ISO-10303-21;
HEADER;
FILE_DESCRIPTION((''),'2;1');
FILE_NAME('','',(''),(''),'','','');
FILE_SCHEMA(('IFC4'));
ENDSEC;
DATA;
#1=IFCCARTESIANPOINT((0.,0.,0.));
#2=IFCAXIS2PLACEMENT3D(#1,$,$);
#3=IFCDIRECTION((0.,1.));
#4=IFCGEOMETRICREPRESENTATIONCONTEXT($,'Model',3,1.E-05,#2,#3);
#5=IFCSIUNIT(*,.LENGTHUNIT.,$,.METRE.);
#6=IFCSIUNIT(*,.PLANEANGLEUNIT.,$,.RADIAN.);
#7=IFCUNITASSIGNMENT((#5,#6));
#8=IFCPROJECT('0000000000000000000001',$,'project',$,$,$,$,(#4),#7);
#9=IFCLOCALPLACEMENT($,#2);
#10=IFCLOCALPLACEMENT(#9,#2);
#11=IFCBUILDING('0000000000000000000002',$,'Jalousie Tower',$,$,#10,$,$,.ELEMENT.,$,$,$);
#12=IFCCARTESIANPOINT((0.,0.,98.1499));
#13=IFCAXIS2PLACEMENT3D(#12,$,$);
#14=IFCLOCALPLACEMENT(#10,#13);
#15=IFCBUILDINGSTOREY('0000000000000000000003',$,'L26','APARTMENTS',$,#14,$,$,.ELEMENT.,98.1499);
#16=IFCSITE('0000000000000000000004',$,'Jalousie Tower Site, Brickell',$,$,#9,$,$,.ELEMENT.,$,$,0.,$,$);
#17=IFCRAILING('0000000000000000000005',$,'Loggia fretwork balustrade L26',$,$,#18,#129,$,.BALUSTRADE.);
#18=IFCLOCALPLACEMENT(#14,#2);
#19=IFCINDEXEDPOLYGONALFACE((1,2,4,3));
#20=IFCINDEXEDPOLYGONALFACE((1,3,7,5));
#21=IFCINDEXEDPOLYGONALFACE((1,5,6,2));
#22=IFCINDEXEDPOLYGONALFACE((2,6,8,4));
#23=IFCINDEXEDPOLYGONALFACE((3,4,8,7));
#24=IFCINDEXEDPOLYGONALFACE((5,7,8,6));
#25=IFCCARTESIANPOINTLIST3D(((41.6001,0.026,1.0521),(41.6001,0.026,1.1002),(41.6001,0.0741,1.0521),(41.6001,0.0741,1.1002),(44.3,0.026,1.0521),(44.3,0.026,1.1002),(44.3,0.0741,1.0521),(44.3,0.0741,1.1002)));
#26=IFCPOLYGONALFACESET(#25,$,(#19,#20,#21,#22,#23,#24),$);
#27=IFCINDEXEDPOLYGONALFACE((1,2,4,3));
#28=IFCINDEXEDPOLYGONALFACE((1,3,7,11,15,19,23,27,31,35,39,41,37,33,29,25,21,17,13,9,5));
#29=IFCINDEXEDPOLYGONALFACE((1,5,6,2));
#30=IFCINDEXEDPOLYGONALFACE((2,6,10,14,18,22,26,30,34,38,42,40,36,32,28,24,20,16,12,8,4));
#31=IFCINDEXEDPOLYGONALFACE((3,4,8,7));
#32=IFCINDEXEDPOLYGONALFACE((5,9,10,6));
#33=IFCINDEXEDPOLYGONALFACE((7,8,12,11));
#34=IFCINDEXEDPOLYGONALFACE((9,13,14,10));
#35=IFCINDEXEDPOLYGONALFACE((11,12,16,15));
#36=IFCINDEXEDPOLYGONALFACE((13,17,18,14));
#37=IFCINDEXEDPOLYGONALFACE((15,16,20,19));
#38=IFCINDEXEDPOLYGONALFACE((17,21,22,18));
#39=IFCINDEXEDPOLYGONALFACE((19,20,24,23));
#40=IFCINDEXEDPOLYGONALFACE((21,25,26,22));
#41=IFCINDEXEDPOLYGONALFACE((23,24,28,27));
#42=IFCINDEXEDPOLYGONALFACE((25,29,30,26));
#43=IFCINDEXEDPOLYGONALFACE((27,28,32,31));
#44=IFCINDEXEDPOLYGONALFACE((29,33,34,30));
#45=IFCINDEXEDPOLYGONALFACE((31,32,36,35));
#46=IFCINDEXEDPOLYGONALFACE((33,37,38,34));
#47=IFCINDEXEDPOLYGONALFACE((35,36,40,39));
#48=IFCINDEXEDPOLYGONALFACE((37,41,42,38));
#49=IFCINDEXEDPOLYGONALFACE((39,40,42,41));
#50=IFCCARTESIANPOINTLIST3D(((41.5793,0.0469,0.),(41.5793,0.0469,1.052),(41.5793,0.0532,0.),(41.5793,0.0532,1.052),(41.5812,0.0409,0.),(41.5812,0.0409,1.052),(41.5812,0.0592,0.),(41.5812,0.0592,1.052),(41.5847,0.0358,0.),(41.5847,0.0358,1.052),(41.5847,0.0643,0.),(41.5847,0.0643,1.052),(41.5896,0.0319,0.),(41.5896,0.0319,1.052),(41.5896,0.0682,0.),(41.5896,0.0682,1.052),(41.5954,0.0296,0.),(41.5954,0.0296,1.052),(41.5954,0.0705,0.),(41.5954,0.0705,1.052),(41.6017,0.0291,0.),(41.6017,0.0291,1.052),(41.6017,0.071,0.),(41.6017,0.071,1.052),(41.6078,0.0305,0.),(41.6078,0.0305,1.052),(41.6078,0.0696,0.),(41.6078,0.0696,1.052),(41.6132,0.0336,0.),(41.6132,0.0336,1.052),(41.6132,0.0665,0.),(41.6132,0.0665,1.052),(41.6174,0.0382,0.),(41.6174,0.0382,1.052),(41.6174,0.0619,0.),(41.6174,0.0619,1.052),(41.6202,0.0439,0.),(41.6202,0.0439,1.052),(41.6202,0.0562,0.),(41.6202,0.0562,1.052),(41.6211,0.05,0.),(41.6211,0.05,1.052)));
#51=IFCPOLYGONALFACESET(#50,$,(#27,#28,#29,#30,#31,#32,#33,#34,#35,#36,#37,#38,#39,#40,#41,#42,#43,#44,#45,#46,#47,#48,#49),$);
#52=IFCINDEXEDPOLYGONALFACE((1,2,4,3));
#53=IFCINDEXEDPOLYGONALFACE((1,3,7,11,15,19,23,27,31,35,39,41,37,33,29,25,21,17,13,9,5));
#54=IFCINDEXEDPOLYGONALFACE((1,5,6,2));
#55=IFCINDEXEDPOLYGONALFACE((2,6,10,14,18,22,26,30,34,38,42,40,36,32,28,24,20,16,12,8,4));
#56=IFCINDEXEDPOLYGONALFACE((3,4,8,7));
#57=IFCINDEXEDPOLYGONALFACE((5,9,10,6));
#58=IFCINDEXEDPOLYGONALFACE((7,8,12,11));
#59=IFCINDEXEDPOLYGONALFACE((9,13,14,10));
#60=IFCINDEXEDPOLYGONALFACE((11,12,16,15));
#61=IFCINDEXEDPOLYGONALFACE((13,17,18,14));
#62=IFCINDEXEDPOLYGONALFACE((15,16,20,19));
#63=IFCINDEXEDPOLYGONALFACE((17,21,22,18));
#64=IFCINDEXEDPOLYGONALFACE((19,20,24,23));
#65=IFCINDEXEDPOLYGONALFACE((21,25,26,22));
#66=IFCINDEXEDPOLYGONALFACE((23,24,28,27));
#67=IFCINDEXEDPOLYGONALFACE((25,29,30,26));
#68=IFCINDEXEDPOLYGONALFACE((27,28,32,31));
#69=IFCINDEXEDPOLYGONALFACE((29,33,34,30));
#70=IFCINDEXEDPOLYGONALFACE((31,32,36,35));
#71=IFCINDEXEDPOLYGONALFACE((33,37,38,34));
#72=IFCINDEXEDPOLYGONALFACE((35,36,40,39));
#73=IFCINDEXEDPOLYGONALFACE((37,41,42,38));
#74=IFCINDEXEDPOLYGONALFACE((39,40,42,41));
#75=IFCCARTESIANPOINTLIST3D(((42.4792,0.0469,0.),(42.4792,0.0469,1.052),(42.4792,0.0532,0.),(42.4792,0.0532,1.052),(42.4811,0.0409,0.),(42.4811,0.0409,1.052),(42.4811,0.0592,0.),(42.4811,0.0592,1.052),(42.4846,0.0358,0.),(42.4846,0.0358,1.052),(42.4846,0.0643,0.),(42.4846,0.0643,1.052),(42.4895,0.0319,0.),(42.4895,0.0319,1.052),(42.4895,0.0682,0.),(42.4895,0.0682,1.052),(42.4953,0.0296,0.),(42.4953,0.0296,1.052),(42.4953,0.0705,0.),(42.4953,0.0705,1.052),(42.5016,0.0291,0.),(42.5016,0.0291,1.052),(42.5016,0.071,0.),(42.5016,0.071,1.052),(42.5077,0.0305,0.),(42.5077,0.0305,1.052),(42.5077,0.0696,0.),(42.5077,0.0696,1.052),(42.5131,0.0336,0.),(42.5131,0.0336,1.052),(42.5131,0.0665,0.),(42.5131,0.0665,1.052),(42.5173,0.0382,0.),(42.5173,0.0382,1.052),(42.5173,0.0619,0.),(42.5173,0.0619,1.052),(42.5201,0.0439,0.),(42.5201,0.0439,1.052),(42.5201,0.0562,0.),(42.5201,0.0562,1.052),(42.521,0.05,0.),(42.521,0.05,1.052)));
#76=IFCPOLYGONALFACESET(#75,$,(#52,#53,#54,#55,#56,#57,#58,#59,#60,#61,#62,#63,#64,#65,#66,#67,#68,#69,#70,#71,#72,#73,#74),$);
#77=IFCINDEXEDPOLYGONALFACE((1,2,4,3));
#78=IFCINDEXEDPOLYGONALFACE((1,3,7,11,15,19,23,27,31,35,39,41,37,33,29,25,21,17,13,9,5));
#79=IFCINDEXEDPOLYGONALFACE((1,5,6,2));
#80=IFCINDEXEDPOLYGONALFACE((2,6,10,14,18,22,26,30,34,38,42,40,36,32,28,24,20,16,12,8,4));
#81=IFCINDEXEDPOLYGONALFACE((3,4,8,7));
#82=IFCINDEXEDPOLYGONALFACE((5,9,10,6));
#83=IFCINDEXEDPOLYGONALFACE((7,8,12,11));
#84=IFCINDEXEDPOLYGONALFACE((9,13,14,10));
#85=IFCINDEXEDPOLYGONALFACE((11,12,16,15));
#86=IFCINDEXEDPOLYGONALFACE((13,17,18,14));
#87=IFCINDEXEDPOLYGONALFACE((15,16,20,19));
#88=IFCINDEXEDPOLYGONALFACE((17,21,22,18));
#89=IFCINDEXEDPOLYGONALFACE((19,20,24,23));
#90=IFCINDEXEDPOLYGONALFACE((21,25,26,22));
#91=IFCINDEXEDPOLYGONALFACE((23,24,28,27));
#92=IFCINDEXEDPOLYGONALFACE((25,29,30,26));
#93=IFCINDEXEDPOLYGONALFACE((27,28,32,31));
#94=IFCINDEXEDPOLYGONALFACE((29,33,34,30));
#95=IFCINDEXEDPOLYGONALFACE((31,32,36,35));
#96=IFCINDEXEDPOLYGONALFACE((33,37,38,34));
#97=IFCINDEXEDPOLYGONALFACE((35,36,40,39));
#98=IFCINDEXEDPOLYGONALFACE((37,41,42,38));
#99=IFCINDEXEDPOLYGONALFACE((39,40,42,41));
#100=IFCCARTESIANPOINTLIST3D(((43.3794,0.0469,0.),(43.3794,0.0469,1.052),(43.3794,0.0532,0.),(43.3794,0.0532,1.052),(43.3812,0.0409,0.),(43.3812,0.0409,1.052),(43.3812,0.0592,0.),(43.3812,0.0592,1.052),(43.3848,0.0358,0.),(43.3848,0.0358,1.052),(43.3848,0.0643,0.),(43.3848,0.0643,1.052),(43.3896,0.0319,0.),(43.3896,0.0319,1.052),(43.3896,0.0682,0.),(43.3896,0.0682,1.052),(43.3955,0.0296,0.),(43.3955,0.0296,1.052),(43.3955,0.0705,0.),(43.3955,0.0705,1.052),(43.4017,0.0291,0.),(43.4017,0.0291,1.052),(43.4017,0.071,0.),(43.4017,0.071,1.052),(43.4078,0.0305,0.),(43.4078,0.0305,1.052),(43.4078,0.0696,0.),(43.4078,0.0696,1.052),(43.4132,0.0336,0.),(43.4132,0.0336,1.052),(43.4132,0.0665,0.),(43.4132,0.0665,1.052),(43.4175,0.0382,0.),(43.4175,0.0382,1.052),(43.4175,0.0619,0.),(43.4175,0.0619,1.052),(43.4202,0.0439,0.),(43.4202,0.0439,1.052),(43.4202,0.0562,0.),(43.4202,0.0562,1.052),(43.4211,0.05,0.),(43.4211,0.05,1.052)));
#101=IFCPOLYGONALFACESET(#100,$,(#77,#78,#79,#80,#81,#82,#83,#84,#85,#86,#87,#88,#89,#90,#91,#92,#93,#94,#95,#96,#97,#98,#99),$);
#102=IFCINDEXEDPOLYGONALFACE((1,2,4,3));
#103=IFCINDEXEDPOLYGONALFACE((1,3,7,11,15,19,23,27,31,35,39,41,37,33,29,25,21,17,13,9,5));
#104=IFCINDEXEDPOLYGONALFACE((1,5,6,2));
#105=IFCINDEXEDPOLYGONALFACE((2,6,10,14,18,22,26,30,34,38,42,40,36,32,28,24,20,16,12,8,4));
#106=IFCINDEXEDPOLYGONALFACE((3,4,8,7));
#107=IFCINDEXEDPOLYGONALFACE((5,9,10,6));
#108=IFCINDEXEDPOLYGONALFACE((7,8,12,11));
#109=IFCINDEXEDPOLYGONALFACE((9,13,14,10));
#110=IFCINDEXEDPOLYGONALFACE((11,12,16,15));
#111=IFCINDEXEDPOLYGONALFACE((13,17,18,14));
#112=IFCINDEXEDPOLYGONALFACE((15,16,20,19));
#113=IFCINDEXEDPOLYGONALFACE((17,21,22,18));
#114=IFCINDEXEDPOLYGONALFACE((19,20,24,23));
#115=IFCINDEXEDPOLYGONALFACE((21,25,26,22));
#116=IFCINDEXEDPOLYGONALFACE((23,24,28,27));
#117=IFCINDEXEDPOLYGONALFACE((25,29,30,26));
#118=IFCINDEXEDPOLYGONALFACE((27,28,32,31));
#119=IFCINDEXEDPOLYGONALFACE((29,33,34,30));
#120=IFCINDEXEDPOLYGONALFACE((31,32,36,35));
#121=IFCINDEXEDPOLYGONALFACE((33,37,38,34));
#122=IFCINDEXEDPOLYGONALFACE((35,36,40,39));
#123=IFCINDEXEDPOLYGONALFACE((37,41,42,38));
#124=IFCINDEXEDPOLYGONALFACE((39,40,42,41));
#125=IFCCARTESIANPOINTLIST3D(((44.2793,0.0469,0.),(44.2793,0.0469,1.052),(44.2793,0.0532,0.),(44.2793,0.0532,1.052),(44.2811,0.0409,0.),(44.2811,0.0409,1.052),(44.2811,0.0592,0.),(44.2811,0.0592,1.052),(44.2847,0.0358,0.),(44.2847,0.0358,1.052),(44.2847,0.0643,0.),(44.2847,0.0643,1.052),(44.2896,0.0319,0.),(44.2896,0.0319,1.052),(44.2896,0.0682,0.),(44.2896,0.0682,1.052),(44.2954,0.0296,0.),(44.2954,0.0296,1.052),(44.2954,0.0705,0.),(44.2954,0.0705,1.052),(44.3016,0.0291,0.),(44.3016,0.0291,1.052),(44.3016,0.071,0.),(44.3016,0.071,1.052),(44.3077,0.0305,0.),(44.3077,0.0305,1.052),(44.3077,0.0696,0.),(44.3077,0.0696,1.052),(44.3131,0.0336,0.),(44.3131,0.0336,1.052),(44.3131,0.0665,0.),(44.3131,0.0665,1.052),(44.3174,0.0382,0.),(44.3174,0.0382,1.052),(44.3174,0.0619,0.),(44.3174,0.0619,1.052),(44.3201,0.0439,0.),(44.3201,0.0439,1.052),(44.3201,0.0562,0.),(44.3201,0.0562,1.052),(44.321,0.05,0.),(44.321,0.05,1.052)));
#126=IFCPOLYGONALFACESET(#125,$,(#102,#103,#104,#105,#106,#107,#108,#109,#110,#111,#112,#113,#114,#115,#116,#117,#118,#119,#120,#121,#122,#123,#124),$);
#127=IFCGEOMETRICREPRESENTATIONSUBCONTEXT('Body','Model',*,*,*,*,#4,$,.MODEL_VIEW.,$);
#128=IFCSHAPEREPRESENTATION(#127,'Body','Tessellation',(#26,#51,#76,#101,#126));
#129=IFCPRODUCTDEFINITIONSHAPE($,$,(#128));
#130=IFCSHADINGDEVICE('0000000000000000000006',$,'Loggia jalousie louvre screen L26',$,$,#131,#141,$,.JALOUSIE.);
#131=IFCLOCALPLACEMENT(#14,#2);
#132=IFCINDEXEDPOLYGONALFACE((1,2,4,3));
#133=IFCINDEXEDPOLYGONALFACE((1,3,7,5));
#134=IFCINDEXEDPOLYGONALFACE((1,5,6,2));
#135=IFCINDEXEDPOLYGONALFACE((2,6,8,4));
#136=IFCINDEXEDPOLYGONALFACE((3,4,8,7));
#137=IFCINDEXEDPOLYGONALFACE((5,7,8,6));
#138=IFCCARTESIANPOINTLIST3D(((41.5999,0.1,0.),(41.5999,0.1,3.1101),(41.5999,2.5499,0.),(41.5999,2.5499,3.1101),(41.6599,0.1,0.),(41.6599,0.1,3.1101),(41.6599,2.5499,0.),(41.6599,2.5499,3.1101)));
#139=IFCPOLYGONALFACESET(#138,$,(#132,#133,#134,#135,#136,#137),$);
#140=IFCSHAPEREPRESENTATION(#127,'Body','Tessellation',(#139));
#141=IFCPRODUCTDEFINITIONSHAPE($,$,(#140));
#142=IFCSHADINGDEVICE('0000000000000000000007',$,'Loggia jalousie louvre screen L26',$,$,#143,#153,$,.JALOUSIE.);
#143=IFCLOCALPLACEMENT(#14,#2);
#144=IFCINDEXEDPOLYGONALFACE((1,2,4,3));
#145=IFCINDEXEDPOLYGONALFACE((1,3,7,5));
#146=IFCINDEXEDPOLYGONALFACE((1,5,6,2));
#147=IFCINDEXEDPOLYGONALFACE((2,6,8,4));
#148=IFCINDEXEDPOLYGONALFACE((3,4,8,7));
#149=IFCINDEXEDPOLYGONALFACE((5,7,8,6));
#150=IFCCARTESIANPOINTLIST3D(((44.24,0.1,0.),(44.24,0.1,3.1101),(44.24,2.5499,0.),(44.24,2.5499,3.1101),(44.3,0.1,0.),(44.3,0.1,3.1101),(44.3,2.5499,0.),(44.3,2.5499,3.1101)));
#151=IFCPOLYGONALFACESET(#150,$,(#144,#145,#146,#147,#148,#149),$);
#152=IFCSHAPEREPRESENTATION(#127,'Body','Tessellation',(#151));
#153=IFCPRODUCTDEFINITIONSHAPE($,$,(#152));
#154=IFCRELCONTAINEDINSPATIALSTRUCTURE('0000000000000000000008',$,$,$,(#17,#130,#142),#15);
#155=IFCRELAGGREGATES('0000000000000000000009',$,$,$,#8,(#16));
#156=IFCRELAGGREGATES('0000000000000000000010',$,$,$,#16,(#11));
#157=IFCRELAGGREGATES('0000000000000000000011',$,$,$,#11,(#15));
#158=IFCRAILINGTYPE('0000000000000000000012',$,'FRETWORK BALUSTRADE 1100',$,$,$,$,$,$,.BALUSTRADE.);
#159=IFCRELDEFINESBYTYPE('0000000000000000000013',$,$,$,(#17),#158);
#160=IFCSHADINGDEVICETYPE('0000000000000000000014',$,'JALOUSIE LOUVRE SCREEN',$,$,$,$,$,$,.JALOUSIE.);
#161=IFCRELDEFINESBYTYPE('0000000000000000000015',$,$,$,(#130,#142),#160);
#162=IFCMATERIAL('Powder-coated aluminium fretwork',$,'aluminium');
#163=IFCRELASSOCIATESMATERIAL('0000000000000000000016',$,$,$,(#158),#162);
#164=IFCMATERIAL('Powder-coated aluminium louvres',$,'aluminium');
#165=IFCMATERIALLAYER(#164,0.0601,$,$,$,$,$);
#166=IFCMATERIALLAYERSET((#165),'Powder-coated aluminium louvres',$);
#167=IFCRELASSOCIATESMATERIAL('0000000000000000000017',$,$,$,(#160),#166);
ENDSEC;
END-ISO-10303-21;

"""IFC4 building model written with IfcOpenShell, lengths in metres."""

from ifc_helpers import new_model, si_unit, direction, frame, origin, origin_2d, place, context, subcontext, project, spatial, rectangle, circle, extrude, material, layer, layer_set, type_object, element, save


model = new_model("IFC4")

# Units and contexts
model_context = context("Model", 3, precision=1e-05, world=origin(), true_north=direction((0.0, 1.0)))
body_context = subcontext(model_context, "Body", "Model", "MODEL_VIEW")
ifc_project = project(units=[si_unit("LENGTHUNIT", "METRE"), si_unit("PLANEANGLEUNIT", "RADIAN")], contexts=[model_context])

# Site, building, storey
site_placement = place(None, origin())
site = spatial("IfcSite", under=ifc_project, at=site_placement, Name="Jalousie Tower Site, Brickell", CompositionType="ELEMENT", RefElevation=0.0)
building_placement = place(site_placement, origin())
building = spatial("IfcBuilding", under=site, at=building_placement, Name="Jalousie Tower", CompositionType="ELEMENT")
storey_placement = place(building_placement, frame((0.0, 0.0, 98.1499)))
storey = spatial("IfcBuildingStorey", under=building, at=storey_placement, Name="L26", Description="APARTMENTS", CompositionType="ELEMENT", Elevation=98.1499)

# Railing
ifc_material_1 = material(Name="Powder-coated aluminium fretwork", Category="aluminium")
railing_type = type_object("IfcRailingType", Name="FRETWORK BALUSTRADE 1100", PredefinedType="BALUSTRADE", material=ifc_material_1)
railing_placement = place(storey_placement, frame((41.6001, 0.05, 0.0)))
element("IfcRailing", 1, at=railing_placement, inside=storey, type_object=railing_type, Name="Loggia fretwork balustrade L26", PredefinedType="BALUSTRADE", context=body_context, shape_type="SweptSolid", body=[
    extrude(rectangle(XDim=0.0481, YDim=0.0481, at=origin_2d()), frame((0.0, 0.0, 1.0762), z_axis=(1.0, 0.0, 0.0), x_axis=(0.0, 1.0, 0.0)), (0.0, 0.0, 1.0), 2.7),
    extrude(circle(Radius=0.021, at=origin_2d()), origin(), (0.0, 0.0, 1.0), 1.052),
    extrude(circle(Radius=0.021, at=origin_2d()), frame((0.8999, 0.0, 0.0)), (0.0, 0.0, 1.0), 1.052),
    extrude(circle(Radius=0.021, at=origin_2d()), frame((1.8, 0.0, 0.0)), (0.0, 0.0, 1.0), 1.052),
    extrude(circle(Radius=0.021, at=origin_2d()), frame((2.7, 0.0, 0.0)), (0.0, 0.0, 1.0), 1.052),
])

# Shading devices
ifc_material_2 = material(Name="Powder-coated aluminium louvres", Category="aluminium")
ifc_layer_1 = layer(ifc_material_2, 0.0601)
ifc_layer_set_1 = layer_set([ifc_layer_1], Name="Powder-coated aluminium louvres")
shading_device_type_1 = type_object("IfcShadingDeviceType", Name="JALOUSIE LOUVRE SCREEN", PredefinedType="JALOUSIE", material=ifc_layer_set_1)
for number, where, z_axis, x_axis, name in (
    (2, (41.6299, 1.325, 0.0), (0.0, 0.0, 1.0), (1.0, 0.0, 0.0), "Loggia jalousie louvre screen L26"),
    (3, (44.27, 1.325, 0.0), (0.0, 0.0, 1.0), (1.0, 0.0, 0.0), "Loggia jalousie louvre screen L26"),
):
    element("IfcShadingDevice", number, at=place(storey_placement, frame(where, z_axis=z_axis, x_axis=x_axis)), inside=storey, type_object=shading_device_type_1, Name=name, PredefinedType="JALOUSIE", context=body_context, shape_type="SweptSolid", body=[
        extrude(rectangle(XDim=0.0601, YDim=2.45, at=origin_2d()), origin(), (0.0, 0.0, 1.0), 3.1101),
    ])

save(model, "model.ifc")
